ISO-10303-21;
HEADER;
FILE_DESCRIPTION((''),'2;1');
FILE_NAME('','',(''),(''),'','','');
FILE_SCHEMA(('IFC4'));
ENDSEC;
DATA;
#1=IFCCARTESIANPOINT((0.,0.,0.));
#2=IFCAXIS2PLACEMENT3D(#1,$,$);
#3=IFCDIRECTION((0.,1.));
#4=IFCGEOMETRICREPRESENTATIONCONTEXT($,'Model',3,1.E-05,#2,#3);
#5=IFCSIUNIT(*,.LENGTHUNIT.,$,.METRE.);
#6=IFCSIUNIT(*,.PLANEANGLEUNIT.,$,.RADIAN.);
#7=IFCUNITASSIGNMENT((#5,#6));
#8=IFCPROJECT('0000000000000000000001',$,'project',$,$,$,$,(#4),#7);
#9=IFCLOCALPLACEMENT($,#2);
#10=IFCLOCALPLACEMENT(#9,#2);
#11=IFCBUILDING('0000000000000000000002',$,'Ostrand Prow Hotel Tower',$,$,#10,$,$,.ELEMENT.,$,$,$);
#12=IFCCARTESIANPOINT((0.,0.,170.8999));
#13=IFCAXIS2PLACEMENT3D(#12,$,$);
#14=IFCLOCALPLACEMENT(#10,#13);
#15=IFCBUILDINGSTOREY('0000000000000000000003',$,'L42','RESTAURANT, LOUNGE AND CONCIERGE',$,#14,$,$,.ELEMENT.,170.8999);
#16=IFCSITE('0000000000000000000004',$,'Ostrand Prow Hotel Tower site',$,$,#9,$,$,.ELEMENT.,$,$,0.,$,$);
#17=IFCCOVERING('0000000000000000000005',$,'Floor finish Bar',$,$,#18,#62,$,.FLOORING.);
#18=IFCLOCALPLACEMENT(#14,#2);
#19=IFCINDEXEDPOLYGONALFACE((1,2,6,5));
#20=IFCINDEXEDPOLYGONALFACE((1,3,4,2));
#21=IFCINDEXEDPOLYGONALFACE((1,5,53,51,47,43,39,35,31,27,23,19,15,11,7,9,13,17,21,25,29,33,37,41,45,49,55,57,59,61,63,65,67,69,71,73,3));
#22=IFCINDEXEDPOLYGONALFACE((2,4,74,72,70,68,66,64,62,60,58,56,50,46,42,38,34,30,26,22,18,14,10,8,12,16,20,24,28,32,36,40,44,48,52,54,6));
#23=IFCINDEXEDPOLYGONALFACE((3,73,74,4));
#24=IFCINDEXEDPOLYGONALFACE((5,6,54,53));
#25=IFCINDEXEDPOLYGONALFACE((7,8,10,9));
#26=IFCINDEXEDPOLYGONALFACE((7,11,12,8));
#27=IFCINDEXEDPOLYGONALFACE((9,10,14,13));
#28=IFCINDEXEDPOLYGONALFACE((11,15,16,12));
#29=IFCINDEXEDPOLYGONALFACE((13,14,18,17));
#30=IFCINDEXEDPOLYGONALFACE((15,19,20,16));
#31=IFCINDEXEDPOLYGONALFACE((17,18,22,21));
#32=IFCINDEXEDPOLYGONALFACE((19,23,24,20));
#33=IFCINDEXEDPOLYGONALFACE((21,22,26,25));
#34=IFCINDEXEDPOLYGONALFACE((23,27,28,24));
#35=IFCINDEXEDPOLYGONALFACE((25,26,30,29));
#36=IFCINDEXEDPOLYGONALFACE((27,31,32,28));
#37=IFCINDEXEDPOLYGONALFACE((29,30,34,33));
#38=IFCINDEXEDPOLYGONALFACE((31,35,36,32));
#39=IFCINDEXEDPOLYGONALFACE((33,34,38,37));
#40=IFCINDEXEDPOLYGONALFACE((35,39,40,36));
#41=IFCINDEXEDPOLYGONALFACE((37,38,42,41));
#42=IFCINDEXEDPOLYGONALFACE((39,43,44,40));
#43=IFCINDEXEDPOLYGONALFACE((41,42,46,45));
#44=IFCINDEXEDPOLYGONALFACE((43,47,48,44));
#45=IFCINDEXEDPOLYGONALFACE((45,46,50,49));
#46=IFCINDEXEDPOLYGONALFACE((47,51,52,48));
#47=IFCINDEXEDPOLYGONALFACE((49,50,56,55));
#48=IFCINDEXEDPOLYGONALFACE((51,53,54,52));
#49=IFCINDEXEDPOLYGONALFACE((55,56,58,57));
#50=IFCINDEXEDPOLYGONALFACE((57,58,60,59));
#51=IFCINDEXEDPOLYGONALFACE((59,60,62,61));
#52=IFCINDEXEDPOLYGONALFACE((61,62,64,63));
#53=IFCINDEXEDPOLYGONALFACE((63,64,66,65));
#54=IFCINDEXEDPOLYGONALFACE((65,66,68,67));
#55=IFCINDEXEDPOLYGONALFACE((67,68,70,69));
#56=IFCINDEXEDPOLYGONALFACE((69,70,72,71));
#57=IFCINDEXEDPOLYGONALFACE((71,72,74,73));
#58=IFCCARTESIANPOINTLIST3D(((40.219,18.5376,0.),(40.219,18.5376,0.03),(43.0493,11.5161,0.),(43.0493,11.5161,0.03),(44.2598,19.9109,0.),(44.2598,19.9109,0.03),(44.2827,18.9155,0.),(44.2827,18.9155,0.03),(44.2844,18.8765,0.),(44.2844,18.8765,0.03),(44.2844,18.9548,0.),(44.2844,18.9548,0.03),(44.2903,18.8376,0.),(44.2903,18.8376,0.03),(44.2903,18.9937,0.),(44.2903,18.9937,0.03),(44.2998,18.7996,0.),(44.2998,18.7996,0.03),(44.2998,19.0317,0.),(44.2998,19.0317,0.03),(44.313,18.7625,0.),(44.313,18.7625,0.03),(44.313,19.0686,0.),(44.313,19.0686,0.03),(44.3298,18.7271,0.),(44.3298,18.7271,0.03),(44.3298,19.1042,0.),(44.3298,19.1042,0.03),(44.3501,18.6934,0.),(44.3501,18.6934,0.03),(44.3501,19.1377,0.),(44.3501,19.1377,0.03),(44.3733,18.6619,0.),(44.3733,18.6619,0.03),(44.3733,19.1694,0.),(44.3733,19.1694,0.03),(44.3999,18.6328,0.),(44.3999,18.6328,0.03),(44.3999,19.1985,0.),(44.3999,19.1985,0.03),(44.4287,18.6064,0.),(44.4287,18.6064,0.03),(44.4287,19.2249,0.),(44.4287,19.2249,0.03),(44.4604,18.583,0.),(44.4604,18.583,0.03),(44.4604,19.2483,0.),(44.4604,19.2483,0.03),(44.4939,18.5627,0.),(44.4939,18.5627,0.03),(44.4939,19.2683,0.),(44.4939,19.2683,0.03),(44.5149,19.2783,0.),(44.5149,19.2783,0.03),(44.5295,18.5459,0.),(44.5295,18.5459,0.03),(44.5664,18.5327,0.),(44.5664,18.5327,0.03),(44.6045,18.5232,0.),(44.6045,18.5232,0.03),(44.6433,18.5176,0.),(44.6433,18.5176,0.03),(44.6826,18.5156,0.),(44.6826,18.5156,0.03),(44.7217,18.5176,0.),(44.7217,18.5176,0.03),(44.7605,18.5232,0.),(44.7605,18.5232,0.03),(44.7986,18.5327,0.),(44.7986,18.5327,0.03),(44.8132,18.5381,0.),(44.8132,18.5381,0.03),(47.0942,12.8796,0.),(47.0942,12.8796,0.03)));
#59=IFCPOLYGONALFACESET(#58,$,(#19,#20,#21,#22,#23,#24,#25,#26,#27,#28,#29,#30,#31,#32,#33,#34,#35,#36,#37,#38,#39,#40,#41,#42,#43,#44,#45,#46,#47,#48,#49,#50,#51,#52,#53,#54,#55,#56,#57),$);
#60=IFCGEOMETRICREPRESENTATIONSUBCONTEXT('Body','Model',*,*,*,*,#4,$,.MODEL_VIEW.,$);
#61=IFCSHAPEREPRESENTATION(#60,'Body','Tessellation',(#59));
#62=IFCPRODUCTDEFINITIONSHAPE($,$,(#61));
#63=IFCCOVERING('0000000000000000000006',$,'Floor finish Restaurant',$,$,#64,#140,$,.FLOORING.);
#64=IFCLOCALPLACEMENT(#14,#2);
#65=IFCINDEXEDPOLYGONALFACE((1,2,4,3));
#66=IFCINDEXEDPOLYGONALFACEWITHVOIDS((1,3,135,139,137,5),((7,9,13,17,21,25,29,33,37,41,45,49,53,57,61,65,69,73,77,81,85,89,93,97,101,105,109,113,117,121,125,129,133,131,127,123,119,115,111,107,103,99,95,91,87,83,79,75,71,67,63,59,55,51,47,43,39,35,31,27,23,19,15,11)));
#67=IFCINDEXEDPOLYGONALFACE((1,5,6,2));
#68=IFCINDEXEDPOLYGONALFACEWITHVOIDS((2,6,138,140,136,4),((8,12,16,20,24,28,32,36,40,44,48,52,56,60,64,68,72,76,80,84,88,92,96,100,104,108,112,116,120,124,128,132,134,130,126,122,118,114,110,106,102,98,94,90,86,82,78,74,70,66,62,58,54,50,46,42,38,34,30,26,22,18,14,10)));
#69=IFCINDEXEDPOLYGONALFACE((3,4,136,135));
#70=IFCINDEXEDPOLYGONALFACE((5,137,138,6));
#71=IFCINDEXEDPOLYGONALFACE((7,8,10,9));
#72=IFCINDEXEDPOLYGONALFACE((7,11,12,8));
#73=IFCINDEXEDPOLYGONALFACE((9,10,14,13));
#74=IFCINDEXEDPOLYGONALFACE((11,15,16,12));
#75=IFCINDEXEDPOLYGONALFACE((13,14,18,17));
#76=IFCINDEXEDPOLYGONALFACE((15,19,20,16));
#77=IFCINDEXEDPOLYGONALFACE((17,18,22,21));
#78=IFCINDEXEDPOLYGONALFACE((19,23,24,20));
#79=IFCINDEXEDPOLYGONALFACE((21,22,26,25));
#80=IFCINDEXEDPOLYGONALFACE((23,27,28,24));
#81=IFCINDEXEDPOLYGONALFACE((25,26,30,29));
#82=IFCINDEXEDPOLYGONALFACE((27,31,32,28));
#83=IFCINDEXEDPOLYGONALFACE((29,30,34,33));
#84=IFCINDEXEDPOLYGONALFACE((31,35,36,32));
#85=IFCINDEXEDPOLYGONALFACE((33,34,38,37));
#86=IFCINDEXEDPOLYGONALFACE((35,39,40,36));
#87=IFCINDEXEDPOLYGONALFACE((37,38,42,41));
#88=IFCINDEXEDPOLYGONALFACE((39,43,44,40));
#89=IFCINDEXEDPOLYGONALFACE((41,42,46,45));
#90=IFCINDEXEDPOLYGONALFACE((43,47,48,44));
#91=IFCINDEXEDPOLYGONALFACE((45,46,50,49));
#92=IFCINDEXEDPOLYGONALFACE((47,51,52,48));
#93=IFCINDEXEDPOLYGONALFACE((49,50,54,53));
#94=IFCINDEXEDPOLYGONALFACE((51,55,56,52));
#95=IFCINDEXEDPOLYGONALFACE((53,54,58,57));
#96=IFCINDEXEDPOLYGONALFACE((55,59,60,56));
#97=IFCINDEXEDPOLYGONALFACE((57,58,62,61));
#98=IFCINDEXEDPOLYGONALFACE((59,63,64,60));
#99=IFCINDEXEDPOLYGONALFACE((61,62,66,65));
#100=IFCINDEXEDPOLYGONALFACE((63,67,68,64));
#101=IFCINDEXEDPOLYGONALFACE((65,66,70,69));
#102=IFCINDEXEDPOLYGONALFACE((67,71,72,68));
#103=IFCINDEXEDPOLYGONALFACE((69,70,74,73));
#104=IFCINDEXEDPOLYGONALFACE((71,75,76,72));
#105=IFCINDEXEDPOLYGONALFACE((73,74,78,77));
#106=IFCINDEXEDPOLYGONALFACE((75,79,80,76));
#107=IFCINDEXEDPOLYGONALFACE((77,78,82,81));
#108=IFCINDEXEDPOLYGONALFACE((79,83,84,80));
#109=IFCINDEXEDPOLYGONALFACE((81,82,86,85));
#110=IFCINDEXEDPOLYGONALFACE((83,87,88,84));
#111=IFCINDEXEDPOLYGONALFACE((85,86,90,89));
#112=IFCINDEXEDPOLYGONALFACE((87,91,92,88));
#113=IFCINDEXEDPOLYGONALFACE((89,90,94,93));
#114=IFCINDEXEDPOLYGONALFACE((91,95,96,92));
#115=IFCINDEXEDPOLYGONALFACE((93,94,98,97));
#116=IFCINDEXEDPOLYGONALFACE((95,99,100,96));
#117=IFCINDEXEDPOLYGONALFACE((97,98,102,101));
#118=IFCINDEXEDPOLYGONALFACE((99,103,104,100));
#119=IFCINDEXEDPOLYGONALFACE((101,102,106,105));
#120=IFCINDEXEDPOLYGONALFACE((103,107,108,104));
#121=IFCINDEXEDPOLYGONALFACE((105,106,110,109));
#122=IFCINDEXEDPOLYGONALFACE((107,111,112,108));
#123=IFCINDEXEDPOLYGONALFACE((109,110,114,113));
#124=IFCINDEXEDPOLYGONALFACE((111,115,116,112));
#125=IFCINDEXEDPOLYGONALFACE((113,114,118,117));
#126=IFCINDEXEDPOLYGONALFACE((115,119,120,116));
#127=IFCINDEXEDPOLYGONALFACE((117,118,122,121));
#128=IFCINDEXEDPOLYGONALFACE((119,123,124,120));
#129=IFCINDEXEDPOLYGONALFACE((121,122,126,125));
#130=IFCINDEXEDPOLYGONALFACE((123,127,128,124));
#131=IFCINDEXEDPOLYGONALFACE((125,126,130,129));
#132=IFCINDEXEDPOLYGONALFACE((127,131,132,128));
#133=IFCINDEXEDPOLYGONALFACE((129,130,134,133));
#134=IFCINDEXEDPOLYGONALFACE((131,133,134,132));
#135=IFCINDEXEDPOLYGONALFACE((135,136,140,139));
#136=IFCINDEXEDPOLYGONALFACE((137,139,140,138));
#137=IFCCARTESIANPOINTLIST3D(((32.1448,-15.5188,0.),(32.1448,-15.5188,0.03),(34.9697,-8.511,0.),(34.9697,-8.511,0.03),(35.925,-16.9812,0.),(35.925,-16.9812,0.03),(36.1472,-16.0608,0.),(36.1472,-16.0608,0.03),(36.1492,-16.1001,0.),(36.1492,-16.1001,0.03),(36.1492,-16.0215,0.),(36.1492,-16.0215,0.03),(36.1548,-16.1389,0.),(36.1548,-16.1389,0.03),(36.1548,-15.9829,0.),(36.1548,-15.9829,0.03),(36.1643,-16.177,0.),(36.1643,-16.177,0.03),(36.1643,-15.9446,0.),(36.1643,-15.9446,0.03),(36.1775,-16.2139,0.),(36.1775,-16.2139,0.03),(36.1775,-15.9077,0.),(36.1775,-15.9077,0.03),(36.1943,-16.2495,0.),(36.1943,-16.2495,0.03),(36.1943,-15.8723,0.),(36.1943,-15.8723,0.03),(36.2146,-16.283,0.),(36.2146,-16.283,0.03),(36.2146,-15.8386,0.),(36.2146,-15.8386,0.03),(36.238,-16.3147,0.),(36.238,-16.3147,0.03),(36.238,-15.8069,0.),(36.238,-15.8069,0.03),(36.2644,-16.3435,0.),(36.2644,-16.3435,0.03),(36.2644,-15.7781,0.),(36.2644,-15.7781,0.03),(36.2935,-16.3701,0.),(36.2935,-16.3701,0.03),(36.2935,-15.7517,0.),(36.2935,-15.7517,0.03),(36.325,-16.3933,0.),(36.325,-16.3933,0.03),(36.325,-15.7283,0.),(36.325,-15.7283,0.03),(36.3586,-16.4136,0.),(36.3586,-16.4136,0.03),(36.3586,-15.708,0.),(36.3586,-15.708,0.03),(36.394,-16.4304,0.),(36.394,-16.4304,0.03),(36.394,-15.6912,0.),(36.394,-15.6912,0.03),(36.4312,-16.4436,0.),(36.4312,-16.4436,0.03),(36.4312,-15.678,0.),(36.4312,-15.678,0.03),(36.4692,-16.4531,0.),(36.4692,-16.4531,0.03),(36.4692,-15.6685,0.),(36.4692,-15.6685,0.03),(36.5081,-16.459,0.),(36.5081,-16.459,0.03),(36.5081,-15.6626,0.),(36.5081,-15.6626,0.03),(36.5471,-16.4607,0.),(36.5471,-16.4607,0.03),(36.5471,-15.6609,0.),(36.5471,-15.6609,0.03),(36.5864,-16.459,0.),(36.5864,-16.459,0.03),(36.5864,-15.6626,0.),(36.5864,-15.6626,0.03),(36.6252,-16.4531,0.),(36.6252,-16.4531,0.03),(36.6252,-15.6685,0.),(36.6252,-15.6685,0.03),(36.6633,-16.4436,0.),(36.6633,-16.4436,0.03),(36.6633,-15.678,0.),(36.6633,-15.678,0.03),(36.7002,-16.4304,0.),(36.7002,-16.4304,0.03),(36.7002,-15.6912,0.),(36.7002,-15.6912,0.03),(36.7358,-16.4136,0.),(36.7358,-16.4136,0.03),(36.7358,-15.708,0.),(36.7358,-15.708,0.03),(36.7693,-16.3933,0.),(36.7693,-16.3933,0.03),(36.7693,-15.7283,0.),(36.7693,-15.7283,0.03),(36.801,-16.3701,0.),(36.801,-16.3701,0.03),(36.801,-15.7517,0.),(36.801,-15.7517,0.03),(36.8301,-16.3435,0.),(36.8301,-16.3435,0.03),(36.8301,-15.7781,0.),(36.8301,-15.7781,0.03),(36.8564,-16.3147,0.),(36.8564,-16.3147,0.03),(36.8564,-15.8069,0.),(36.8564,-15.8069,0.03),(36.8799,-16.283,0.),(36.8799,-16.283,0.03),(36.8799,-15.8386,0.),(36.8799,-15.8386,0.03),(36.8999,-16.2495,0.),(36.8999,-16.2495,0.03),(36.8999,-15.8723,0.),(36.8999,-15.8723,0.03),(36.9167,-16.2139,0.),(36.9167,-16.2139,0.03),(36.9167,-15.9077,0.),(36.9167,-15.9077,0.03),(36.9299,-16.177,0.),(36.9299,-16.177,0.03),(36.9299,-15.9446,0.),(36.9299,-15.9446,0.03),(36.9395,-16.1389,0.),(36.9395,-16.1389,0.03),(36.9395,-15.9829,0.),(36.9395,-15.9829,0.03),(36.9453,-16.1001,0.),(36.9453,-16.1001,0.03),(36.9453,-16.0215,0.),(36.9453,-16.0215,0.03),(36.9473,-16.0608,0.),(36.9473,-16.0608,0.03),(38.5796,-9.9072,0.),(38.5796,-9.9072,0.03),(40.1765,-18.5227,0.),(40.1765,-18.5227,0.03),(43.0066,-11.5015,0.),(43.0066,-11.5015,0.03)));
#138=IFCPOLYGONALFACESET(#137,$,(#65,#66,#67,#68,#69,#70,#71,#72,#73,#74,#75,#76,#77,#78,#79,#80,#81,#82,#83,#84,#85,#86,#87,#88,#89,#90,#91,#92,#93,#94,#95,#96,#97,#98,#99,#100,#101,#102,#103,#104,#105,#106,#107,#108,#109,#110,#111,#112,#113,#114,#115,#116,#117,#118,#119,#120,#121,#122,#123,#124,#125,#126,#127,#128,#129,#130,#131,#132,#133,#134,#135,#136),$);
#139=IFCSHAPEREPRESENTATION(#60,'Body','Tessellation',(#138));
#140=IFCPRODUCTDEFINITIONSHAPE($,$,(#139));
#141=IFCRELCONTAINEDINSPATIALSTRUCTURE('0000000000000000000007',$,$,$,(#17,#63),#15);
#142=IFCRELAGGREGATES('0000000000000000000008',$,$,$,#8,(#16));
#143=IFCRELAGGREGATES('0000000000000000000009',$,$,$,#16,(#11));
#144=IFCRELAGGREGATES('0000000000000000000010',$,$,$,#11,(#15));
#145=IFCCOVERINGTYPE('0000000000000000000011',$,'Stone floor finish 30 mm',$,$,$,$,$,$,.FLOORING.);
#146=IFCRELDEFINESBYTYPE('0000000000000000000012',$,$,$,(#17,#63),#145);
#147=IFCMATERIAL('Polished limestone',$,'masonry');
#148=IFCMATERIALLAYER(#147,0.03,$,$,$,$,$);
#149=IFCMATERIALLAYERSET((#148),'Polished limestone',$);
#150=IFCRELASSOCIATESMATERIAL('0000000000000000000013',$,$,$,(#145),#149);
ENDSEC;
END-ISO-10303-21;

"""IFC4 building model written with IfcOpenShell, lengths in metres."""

from ifc_helpers import new_model, si_unit, direction, frame, origin, place, context, subcontext, project, spatial, polyline, outline, extrude, material, layer, layer_set, type_object, element, save


model = new_model("IFC4")

# Units and contexts
model_context = context("Model", 3, precision=1e-05, world=origin(), true_north=direction((0.0, 1.0)))
body_context = subcontext(model_context, "Body", "Model", "MODEL_VIEW")
ifc_project = project(units=[si_unit("LENGTHUNIT", "METRE"), si_unit("PLANEANGLEUNIT", "RADIAN")], contexts=[model_context])

# Site, building, storey
site_placement = place(None, origin())
site = spatial("IfcSite", under=ifc_project, at=site_placement, Name="Ostrand Prow Hotel Tower site", CompositionType="ELEMENT", RefElevation=0.0)
building_placement = place(site_placement, origin())
building = spatial("IfcBuilding", under=site, at=building_placement, Name="Ostrand Prow Hotel Tower", CompositionType="ELEMENT")
storey_placement = place(building_placement, frame((0.0, 0.0, 170.8999)))
storey = spatial("IfcBuildingStorey", under=building, at=storey_placement, Name="L42", Description="RESTAURANT, LOUNGE AND CONCIERGE", CompositionType="ELEMENT", Elevation=170.8999)

# Coverings
ifc_material_1 = material(Name="Polished limestone", Category="masonry")
ifc_layer_1 = layer(ifc_material_1, 0.03)
ifc_layer_set_1 = layer_set([ifc_layer_1], Name="Polished limestone")
covering_type_1 = type_object("IfcCoveringType", Name="Stone floor finish 30 mm", PredefinedType="FLOORING", material=ifc_layer_set_1)
covering_1_placement = place(storey_placement, origin())
element("IfcCovering", 1, at=covering_1_placement, inside=storey, type_object=covering_type_1, Name="Floor finish Bar", PredefinedType="FLOORING", context=body_context, shape_type="SweptSolid", body=[
    extrude(outline(polyline([(43.0493, 11.5161), (47.0942, 12.8796), (44.8132, 18.5381), (44.7986, 18.5327), (44.7605, 18.5232), (44.7217, 18.5176), (44.6826, 18.5156), (44.6433, 18.5176), (44.6045, 18.5232), (44.5664, 18.5327), (44.5295, 18.5459), (44.4939, 18.5627), (44.4604, 18.583), (44.4287, 18.6064), (44.3999, 18.6328), (44.3733, 18.6619), (44.3501, 18.6934), (44.3298, 18.7271), (44.313, 18.7625), (44.2998, 18.7996), (44.2903, 18.8376), (44.2844, 18.8765), (44.2827, 18.9155), (44.2844, 18.9548), (44.2903, 18.9937), (44.2998, 19.0317), (44.313, 19.0686), (44.3298, 19.1042), (44.3501, 19.1377), (44.3733, 19.1694), (44.3999, 19.1985), (44.4287, 19.2249), (44.4604, 19.2483), (44.4939, 19.2683), (44.5149, 19.2783), (44.2598, 19.9109), (40.219, 18.5376), (43.0493, 11.5161)])), origin(), (0.0, 0.0, 1.0), 0.03),
])
covering_2_placement = place(storey_placement, origin())
element("IfcCovering", 2, at=covering_2_placement, inside=storey, type_object=covering_type_1, Name="Floor finish Restaurant", PredefinedType="FLOORING", context=body_context, shape_type="SweptSolid", body=[
    extrude(outline(polyline([(35.925, -16.9812), (40.1765, -18.5227), (43.0066, -11.5015), (38.5796, -9.9072), (34.9697, -8.511), (32.1448, -15.5188), (35.925, -16.9812)]), holes=[polyline([(36.8799, -16.283), (36.8564, -16.3147), (36.8301, -16.3435), (36.801, -16.3701), (36.7693, -16.3933), (36.7358, -16.4136), (36.7002, -16.4304), (36.6633, -16.4436), (36.6252, -16.4531), (36.5864, -16.459), (36.5471, -16.4607), (36.5081, -16.459), (36.4692, -16.4531), (36.4312, -16.4436), (36.394, -16.4304), (36.3586, -16.4136), (36.325, -16.3933), (36.2935, -16.3701), (36.2644, -16.3435), (36.238, -16.3147), (36.2146, -16.283), (36.1943, -16.2495), (36.1775, -16.2139), (36.1643, -16.177), (36.1548, -16.1389), (36.1492, -16.1001), (36.1472, -16.0608), (36.1492, -16.0215), (36.1548, -15.9829), (36.1643, -15.9446), (36.1775, -15.9077), (36.1943, -15.8723), (36.2146, -15.8386), (36.238, -15.8069), (36.2644, -15.7781), (36.2935, -15.7517), (36.325, -15.7283), (36.3586, -15.708), (36.394, -15.6912), (36.4312, -15.678), (36.4692, -15.6685), (36.5081, -15.6626), (36.5471, -15.6609), (36.5864, -15.6626), (36.6252, -15.6685), (36.6633, -15.678), (36.7002, -15.6912), (36.7358, -15.708), (36.7693, -15.7283), (36.801, -15.7517), (36.8301, -15.7781), (36.8564, -15.8069), (36.8799, -15.8386), (36.8999, -15.8723), (36.9167, -15.9077), (36.9299, -15.9446), (36.9395, -15.9829), (36.9453, -16.0215), (36.9473, -16.0608), (36.9453, -16.1001), (36.9395, -16.1389), (36.9299, -16.177), (36.9167, -16.2139), (36.8999, -16.2495), (36.8799, -16.283)])]), origin(), (0.0, 0.0, 1.0), 0.03),
])

save(model, "model.ifc")
